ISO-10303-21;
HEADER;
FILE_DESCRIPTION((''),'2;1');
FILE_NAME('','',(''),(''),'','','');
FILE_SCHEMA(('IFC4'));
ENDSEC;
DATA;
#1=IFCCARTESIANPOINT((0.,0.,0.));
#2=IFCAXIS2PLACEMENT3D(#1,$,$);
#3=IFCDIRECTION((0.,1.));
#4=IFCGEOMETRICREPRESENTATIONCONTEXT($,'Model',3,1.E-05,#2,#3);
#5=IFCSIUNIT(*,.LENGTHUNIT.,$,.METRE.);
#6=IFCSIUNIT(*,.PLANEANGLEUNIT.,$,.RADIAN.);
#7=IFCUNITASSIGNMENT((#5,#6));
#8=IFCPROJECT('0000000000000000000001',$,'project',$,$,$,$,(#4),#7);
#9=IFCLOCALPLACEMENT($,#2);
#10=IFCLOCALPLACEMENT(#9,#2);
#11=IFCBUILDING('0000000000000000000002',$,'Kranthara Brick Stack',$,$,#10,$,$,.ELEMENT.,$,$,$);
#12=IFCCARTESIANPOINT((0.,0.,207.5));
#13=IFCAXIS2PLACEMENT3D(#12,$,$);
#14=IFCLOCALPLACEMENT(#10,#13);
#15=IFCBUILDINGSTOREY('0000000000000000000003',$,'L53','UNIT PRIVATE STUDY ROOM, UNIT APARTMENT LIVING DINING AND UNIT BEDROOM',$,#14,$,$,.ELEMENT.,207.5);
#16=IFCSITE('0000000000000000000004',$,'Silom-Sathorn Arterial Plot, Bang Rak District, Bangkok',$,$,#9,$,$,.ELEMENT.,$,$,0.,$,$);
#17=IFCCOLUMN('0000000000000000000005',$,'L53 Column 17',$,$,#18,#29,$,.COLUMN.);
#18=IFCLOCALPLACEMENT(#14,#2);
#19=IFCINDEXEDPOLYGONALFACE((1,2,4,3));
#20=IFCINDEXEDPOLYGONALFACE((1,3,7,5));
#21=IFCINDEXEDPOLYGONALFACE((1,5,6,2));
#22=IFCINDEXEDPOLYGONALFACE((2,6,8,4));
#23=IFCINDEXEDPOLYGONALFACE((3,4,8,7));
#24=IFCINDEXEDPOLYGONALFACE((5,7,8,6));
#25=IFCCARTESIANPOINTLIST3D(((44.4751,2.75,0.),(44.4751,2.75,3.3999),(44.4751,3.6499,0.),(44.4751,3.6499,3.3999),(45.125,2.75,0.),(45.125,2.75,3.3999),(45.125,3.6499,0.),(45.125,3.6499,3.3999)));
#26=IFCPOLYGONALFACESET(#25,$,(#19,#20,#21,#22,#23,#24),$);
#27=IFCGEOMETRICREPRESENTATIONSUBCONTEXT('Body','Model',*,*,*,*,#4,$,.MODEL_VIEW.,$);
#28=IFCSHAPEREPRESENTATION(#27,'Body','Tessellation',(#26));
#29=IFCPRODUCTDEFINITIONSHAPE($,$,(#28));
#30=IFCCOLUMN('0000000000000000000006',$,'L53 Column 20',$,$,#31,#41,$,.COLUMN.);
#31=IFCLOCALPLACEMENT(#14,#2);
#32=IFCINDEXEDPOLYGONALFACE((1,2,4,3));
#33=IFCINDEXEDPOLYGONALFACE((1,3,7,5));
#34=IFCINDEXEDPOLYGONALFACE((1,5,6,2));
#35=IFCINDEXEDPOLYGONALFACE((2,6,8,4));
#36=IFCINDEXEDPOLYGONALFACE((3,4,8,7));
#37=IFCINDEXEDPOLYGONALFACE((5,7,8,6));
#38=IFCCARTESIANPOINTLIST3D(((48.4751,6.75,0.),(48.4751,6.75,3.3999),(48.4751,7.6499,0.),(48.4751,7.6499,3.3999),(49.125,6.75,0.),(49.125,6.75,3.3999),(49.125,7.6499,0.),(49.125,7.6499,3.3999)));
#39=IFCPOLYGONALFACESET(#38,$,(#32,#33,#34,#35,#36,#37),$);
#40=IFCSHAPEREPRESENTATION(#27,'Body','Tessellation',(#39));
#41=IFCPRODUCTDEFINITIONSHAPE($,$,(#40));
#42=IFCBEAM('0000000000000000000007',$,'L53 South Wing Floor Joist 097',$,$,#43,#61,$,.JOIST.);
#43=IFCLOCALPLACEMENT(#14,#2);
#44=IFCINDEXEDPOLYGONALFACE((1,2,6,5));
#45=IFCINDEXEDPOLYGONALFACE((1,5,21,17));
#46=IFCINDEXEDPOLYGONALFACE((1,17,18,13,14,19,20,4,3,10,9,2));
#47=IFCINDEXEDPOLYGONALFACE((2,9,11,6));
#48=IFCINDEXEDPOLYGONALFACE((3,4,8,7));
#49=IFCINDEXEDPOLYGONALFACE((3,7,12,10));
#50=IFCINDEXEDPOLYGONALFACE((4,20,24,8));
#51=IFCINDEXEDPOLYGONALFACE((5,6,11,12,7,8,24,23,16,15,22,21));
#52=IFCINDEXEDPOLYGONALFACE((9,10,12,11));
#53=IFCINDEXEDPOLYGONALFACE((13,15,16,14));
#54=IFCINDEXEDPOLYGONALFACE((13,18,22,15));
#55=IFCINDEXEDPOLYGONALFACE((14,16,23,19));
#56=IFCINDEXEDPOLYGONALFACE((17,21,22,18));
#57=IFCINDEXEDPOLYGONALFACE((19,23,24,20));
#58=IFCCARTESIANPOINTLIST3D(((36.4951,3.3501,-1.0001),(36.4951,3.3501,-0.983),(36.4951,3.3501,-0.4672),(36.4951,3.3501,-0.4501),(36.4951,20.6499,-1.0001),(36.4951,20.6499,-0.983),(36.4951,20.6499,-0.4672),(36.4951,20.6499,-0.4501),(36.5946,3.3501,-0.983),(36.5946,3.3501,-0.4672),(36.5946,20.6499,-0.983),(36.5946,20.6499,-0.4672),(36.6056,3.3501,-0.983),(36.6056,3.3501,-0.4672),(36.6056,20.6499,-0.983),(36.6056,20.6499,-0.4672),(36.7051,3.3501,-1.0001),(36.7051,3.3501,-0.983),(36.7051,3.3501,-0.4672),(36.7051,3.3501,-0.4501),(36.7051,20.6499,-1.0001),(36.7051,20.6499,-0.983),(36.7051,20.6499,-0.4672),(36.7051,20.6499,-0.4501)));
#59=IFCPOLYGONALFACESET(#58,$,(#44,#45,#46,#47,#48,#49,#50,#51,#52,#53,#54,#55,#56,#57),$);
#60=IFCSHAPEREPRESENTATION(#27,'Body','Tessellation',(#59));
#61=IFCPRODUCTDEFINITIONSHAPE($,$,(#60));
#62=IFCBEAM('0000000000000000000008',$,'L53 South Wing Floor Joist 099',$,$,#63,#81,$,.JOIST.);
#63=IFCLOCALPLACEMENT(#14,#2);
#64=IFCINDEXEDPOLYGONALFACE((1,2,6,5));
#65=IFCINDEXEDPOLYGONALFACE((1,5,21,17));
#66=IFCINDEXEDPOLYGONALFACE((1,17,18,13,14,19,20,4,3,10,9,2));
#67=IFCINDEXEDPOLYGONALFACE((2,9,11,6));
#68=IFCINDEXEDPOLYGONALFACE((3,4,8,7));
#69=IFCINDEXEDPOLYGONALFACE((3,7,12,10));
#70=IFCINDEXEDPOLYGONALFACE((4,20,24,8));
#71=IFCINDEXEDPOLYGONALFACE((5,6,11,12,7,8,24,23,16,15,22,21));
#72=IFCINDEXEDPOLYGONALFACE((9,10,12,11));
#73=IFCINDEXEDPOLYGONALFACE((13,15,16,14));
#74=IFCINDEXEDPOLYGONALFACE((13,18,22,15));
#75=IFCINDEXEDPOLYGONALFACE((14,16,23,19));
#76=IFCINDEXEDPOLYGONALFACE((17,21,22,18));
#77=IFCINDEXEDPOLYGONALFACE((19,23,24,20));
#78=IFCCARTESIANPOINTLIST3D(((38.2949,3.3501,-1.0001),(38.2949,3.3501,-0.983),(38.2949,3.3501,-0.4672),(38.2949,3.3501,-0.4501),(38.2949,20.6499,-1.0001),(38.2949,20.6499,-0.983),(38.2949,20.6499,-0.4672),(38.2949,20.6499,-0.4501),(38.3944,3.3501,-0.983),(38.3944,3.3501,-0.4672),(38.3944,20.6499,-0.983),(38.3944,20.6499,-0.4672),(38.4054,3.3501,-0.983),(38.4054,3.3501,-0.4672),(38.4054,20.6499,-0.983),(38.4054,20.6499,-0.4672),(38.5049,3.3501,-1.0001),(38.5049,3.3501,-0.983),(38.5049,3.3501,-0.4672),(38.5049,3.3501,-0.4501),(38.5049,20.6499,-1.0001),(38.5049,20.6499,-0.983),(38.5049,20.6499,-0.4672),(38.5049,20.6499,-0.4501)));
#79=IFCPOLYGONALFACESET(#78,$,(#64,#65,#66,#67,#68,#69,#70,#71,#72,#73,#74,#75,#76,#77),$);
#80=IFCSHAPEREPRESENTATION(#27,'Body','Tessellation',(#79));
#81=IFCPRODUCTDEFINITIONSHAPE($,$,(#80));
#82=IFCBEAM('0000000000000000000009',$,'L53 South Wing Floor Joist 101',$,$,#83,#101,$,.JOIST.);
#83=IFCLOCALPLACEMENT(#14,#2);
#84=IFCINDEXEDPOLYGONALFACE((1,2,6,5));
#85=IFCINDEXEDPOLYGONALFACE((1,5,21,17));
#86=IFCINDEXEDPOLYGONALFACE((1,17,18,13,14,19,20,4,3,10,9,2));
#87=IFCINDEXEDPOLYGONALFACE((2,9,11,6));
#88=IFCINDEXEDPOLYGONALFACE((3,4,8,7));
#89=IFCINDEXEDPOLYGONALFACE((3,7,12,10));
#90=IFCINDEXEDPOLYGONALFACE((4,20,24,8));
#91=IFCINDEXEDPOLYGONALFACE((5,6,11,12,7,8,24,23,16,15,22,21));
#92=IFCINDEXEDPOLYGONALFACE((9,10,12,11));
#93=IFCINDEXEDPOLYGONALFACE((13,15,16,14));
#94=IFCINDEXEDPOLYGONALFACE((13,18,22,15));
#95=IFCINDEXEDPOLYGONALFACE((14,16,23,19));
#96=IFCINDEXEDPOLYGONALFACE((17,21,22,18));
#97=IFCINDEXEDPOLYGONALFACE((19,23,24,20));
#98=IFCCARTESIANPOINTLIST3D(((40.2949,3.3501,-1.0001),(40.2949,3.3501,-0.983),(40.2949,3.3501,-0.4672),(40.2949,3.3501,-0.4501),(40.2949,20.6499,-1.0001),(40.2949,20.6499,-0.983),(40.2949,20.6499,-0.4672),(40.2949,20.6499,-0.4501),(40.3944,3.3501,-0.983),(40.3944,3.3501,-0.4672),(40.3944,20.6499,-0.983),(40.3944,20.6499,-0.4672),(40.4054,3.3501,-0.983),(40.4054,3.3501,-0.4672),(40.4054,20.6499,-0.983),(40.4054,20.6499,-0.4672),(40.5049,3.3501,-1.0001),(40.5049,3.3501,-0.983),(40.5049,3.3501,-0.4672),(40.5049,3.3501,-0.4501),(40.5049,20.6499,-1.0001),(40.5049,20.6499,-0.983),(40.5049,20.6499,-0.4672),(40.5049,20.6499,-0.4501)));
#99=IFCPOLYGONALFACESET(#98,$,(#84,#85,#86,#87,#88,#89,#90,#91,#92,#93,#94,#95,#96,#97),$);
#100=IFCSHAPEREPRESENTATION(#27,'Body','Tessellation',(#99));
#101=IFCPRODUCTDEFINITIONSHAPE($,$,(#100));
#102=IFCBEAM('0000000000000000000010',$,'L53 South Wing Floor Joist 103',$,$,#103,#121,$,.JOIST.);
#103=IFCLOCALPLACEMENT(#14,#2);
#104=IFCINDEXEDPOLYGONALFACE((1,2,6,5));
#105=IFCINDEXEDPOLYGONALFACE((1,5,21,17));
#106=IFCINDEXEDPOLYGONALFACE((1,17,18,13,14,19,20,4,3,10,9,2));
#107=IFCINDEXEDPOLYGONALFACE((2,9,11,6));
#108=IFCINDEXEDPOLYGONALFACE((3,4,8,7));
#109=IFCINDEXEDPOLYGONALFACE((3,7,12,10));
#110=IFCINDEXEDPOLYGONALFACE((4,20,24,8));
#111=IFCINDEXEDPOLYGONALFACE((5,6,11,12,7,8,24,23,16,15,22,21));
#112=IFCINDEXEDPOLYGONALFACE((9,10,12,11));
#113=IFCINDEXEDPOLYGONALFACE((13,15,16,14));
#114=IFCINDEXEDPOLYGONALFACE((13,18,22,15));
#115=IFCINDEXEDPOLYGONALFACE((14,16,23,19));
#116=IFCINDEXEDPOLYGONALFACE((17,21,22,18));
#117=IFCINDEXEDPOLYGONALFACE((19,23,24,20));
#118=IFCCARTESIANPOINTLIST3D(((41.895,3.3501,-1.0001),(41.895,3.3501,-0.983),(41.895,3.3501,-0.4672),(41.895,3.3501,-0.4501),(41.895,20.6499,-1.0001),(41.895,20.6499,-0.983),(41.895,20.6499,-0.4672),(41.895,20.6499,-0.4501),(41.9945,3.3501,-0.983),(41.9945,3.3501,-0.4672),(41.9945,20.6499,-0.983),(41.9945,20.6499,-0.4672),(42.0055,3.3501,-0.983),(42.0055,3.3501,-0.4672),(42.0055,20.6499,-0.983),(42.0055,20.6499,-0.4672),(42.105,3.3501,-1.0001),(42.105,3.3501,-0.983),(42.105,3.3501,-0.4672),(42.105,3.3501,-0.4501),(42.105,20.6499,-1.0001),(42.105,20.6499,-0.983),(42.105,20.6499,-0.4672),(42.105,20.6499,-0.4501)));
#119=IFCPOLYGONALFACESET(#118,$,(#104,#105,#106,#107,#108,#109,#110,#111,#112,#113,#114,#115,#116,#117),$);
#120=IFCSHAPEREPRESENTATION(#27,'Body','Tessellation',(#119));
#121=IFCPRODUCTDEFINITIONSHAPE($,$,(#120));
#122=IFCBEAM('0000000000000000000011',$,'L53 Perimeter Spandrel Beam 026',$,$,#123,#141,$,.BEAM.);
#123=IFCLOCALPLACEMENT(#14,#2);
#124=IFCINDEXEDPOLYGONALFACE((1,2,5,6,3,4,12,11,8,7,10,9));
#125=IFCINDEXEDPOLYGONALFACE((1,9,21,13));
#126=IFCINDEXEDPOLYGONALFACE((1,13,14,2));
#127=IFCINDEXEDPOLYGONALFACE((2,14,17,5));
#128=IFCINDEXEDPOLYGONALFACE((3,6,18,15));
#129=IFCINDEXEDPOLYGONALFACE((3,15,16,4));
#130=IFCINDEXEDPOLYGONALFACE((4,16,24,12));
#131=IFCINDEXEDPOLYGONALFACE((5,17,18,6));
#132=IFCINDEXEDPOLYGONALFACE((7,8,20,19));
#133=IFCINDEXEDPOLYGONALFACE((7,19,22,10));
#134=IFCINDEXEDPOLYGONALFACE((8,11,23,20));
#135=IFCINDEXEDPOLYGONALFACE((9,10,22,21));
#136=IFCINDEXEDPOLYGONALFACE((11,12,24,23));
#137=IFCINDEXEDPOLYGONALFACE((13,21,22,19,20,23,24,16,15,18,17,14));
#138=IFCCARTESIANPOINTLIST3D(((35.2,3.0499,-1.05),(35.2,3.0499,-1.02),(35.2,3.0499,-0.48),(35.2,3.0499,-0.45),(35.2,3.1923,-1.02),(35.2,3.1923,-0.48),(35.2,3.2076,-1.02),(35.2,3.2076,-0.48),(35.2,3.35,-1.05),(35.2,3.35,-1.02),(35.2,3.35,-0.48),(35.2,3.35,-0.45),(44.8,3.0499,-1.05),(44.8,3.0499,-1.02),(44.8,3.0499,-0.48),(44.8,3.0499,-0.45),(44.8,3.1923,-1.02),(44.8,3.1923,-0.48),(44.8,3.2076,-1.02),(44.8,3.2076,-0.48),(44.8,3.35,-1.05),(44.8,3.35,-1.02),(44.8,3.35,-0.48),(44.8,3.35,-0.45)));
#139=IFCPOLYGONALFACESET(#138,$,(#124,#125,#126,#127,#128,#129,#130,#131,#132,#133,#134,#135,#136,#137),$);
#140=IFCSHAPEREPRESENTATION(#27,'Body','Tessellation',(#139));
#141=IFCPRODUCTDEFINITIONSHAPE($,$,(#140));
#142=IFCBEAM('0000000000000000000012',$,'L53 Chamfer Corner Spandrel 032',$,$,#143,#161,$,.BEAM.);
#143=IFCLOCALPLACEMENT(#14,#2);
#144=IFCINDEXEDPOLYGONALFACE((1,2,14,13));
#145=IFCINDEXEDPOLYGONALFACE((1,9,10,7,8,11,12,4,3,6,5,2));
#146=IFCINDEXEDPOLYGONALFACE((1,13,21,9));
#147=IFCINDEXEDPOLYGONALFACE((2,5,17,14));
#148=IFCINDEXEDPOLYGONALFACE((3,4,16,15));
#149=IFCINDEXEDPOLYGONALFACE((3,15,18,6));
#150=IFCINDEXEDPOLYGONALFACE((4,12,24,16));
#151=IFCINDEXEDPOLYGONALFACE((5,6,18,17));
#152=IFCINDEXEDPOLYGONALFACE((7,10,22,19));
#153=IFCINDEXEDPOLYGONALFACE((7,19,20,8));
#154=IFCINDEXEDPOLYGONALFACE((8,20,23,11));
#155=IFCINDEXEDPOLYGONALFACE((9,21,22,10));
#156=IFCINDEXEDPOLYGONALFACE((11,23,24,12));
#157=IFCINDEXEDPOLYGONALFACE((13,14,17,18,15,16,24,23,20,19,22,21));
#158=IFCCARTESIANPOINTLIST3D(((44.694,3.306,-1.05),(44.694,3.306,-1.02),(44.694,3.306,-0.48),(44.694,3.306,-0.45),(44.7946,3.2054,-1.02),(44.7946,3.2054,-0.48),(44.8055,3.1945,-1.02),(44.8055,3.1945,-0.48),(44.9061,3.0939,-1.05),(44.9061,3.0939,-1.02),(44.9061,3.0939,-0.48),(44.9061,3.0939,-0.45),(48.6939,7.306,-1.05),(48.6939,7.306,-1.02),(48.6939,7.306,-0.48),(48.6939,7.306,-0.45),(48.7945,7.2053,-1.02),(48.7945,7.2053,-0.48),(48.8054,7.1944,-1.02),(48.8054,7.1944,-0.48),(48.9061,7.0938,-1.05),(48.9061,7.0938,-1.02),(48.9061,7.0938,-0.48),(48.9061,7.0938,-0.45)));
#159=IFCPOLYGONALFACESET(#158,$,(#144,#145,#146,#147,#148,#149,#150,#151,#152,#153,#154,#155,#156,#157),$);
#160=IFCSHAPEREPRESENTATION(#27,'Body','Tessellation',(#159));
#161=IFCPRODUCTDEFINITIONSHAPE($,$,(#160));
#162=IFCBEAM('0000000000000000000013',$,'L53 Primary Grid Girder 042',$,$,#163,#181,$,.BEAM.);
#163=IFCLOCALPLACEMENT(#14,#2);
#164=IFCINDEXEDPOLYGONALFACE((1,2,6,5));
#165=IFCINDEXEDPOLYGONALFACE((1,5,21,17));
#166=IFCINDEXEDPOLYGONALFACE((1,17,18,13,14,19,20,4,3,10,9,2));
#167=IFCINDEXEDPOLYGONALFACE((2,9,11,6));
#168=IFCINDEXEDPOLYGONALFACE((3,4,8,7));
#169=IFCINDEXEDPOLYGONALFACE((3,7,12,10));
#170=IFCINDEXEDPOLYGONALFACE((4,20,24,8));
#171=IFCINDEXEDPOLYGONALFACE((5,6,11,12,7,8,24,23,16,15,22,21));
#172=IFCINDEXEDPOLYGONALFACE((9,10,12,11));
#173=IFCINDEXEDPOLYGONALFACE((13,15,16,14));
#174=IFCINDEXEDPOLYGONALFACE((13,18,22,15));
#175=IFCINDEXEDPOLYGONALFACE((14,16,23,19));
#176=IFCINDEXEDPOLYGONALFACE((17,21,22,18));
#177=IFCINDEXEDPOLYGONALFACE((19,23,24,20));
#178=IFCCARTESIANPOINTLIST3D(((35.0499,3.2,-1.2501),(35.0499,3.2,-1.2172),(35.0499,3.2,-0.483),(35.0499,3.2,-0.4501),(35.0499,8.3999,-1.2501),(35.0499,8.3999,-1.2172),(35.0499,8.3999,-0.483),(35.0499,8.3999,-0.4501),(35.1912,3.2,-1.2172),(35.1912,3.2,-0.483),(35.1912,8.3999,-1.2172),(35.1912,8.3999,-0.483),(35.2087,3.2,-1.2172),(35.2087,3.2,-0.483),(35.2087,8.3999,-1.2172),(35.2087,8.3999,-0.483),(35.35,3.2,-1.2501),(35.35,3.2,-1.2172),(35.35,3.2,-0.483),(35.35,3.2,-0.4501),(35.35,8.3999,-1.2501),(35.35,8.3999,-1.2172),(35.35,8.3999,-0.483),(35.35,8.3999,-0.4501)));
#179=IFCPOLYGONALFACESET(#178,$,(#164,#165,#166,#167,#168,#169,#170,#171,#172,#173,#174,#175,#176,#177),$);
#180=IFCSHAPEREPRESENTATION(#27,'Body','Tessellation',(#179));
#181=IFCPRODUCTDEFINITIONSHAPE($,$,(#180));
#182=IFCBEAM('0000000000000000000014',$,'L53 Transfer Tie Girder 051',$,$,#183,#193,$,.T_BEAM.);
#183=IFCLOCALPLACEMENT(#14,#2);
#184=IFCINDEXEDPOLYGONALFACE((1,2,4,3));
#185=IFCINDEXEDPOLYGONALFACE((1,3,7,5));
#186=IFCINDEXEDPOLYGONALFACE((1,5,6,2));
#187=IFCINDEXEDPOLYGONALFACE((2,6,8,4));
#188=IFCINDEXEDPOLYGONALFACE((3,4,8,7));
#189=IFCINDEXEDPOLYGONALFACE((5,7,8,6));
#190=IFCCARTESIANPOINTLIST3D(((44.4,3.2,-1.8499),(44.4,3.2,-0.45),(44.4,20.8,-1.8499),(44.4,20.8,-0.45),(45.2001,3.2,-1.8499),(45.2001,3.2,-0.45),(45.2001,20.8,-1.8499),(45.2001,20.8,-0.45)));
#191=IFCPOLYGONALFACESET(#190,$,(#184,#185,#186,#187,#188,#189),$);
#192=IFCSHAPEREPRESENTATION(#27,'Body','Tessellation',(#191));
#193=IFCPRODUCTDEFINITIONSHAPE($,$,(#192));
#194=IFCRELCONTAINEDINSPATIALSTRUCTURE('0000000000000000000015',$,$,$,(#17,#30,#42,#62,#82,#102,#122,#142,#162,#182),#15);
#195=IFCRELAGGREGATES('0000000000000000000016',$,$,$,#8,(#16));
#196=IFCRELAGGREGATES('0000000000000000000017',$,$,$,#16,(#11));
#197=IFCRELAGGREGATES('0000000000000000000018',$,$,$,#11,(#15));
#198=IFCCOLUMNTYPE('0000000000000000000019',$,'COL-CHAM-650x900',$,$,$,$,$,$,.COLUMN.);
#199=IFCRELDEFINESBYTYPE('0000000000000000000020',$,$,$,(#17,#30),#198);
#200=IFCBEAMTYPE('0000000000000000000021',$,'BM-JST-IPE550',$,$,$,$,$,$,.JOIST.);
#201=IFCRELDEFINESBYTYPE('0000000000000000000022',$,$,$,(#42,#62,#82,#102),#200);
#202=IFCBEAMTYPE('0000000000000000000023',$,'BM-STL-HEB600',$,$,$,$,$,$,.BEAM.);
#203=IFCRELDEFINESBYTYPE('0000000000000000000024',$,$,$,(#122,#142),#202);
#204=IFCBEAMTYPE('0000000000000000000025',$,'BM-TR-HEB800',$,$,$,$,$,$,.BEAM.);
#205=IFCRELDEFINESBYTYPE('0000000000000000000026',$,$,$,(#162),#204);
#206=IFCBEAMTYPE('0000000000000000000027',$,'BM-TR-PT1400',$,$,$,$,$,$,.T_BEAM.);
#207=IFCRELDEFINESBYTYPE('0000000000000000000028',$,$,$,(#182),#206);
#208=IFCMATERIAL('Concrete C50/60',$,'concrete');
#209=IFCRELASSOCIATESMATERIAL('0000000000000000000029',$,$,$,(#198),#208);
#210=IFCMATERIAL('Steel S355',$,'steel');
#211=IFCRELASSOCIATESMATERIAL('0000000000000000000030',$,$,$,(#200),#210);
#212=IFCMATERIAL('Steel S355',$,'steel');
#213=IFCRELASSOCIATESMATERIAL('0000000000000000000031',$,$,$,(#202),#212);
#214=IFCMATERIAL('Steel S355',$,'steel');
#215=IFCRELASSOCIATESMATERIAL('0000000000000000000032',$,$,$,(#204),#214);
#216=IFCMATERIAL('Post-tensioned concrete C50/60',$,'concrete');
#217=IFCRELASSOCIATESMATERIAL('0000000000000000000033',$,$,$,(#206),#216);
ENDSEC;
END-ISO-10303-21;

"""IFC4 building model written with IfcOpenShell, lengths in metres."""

from ifc_helpers import new_model, si_unit, direction, frame, origin, origin_2d, place, context, subcontext, project, spatial, rectangle, i_section, extrude, material, material_profile, profile_set, type_object, element, save


model = new_model("IFC4")

# Units and contexts
model_context = context("Model", 3, precision=1e-05, world=origin(), true_north=direction((0.0, 1.0)))
body_context = subcontext(model_context, "Body", "Model", "MODEL_VIEW")
ifc_project = project(units=[si_unit("LENGTHUNIT", "METRE"), si_unit("PLANEANGLEUNIT", "RADIAN")], contexts=[model_context])

# Site, building, storey
site_placement = place(None, origin())
site = spatial("IfcSite", under=ifc_project, at=site_placement, Name="Silom-Sathorn Arterial Plot, Bang Rak District, Bangkok", CompositionType="ELEMENT", RefElevation=0.0)
building_placement = place(site_placement, origin())
building = spatial("IfcBuilding", under=site, at=building_placement, Name="Kranthara Brick Stack", CompositionType="ELEMENT")
storey_placement = place(building_placement, frame((0.0, 0.0, 207.5)))
storey = spatial("IfcBuildingStorey", under=building, at=storey_placement, Name="L53", Description="UNIT PRIVATE STUDY ROOM, UNIT APARTMENT LIVING DINING AND UNIT BEDROOM", CompositionType="ELEMENT", Elevation=207.5)

# Columns
ifc_material_1 = material(Name="Concrete C50/60", Category="concrete")
ifc_material_profile_1 = material_profile(ifc_material_1, rectangle(XDim=0.6499, YDim=0.8999, at=origin_2d()), Name="RC 650x900")
ifc_profile_set_1 = profile_set([ifc_material_profile_1], Name="Concrete C50/60")
column_type = type_object("IfcColumnType", Name="COL-CHAM-650x900", PredefinedType="COLUMN", material=ifc_profile_set_1)
for number, where, z_axis, x_axis, name in (
    (1, (44.8, 3.2, 0.0), (0.0, 0.0, 1.0), (1.0, 0.0, 0.0), "L53 Column 17"),
    (2, (48.8, 7.2, 0.0), (0.0, 0.0, 1.0), (1.0, 0.0, 0.0), "L53 Column 20"),
):
    element("IfcColumn", number, at=place(storey_placement, frame(where, z_axis=z_axis, x_axis=x_axis)), inside=storey, type_object=column_type, Name=name, PredefinedType="COLUMN", context=body_context, shape_type="SweptSolid", body=[
        extrude(rectangle(XDim=0.6499, YDim=0.8999, at=origin_2d()), origin(), (0.0, 0.0, 1.0), 3.3999),
    ])

# Beams
ifc_material_2 = material(Name="Steel S355", Category="steel")
ifc_material_profile_2 = material_profile(ifc_material_2, i_section(OverallWidth=0.21, OverallDepth=0.55, WebThickness=0.011, FlangeThickness=0.0171, at=origin_2d()), Name="IPE 550")
ifc_profile_set_2 = profile_set([ifc_material_profile_2], Name="Steel S355")
beam_type_1 = type_object("IfcBeamType", Name="BM-JST-IPE550", PredefinedType="JOIST", material=ifc_profile_set_2)
for number, where, z_axis, x_axis, name in (
    (3, (36.6001, 3.3501, -0.7251), (0.0, 1.0, 0.0), (-1.0, 0.0, 0.0), "L53 South Wing Floor Joist 097"),
    (4, (38.3999, 3.3501, -0.7251), (0.0, 1.0, 0.0), (-1.0, 0.0, 0.0), "L53 South Wing Floor Joist 099"),
    (5, (40.3999, 3.3501, -0.7251), (0.0, 1.0, 0.0), (-1.0, 0.0, 0.0), "L53 South Wing Floor Joist 101"),
    (6, (42.0, 3.3501, -0.7251), (0.0, 1.0, 0.0), (-1.0, 0.0, 0.0), "L53 South Wing Floor Joist 103"),
):
    element("IfcBeam", number, at=place(storey_placement, frame(where, z_axis=z_axis, x_axis=x_axis)), inside=storey, type_object=beam_type_1, Name=name, PredefinedType="JOIST", context=body_context, shape_type="SweptSolid", body=[
        extrude(i_section(OverallWidth=0.21, OverallDepth=0.55, WebThickness=0.011, FlangeThickness=0.0171, at=origin_2d()), origin(), (0.0, 0.0, 1.0), 17.2998),
    ])
ifc_material_3 = material(Name="Steel S355", Category="steel")
ifc_material_profile_3 = material_profile(ifc_material_3, i_section(OverallWidth=0.3, OverallDepth=0.6001, WebThickness=0.0154, FlangeThickness=0.03, at=origin_2d()), Name="HEB 600")
ifc_profile_set_3 = profile_set([ifc_material_profile_3], Name="Steel S355")
beam_type_2 = type_object("IfcBeamType", Name="BM-STL-HEB600", PredefinedType="BEAM", material=ifc_profile_set_3)
beam_1_placement = place(storey_placement, frame((35.2, 3.2, -0.75), z_axis=(1.0, 0.0, 0.0), x_axis=(0.0, 1.0, 0.0)))
element("IfcBeam", 7, at=beam_1_placement, inside=storey, type_object=beam_type_2, Name="L53 Perimeter Spandrel Beam 026", PredefinedType="BEAM", context=body_context, shape_type="SweptSolid", body=[
    extrude(i_section(OverallWidth=0.3, OverallDepth=0.6001, WebThickness=0.0154, FlangeThickness=0.03, at=origin_2d()), origin(), (0.0, 0.0, 1.0), 9.6001),
])
beam_2_placement = place(storey_placement, frame((44.8, 3.2, -0.75), z_axis=(0.707107, 0.707107, 0.0), x_axis=(-0.707107, 0.707107, 0.0)))
element("IfcBeam", 8, at=beam_2_placement, inside=storey, type_object=beam_type_2, Name="L53 Chamfer Corner Spandrel 032", PredefinedType="BEAM", context=body_context, shape_type="SweptSolid", body=[
    extrude(i_section(OverallWidth=0.3, OverallDepth=0.6001, WebThickness=0.0154, FlangeThickness=0.03, at=origin_2d()), origin(), (0.0, 0.0, 1.0), 5.6567),
])
ifc_material_4 = material(Name="Steel S355", Category="steel")
ifc_material_profile_4 = material_profile(ifc_material_4, i_section(OverallWidth=0.3, OverallDepth=0.8, WebThickness=0.0176, FlangeThickness=0.033, at=origin_2d()), Name="HEB 800")
ifc_profile_set_4 = profile_set([ifc_material_profile_4], Name="Steel S355")
beam_type_3 = type_object("IfcBeamType", Name="BM-TR-HEB800", PredefinedType="BEAM", material=ifc_profile_set_4)
beam_3_placement = place(storey_placement, frame((35.2, 3.2, -0.8501), z_axis=(0.0, 1.0, 0.0), x_axis=(-1.0, 0.0, 0.0)))
element("IfcBeam", 9, at=beam_3_placement, inside=storey, type_object=beam_type_3, Name="L53 Primary Grid Girder 042", PredefinedType="BEAM", context=body_context, shape_type="SweptSolid", body=[
    extrude(i_section(OverallWidth=0.3, OverallDepth=0.8, WebThickness=0.0176, FlangeThickness=0.033, at=origin_2d()), origin(), (0.0, 0.0, 1.0), 5.2),
])
ifc_material_5 = material(Name="Post-tensioned concrete C50/60", Category="concrete")
ifc_material_profile_5 = material_profile(ifc_material_5, rectangle(XDim=0.8, YDim=1.3999, at=origin_2d()), Name="PT 800x1400")
ifc_profile_set_5 = profile_set([ifc_material_profile_5], Name="Post-tensioned concrete C50/60")
beam_type_4 = type_object("IfcBeamType", Name="BM-TR-PT1400", PredefinedType="T_BEAM", material=ifc_profile_set_5)
beam_4_placement = place(storey_placement, frame((44.8, 3.2, -1.1499), z_axis=(0.0, 1.0, 0.0), x_axis=(-1.0, 0.0, 0.0)))
element("IfcBeam", 10, at=beam_4_placement, inside=storey, type_object=beam_type_4, Name="L53 Transfer Tie Girder 051", PredefinedType="T_BEAM", context=body_context, shape_type="SweptSolid", body=[
    extrude(rectangle(XDim=0.8, YDim=1.3999, at=origin_2d()), origin(), (0.0, 0.0, 1.0), 17.6001),
])

save(model, "model.ifc")
